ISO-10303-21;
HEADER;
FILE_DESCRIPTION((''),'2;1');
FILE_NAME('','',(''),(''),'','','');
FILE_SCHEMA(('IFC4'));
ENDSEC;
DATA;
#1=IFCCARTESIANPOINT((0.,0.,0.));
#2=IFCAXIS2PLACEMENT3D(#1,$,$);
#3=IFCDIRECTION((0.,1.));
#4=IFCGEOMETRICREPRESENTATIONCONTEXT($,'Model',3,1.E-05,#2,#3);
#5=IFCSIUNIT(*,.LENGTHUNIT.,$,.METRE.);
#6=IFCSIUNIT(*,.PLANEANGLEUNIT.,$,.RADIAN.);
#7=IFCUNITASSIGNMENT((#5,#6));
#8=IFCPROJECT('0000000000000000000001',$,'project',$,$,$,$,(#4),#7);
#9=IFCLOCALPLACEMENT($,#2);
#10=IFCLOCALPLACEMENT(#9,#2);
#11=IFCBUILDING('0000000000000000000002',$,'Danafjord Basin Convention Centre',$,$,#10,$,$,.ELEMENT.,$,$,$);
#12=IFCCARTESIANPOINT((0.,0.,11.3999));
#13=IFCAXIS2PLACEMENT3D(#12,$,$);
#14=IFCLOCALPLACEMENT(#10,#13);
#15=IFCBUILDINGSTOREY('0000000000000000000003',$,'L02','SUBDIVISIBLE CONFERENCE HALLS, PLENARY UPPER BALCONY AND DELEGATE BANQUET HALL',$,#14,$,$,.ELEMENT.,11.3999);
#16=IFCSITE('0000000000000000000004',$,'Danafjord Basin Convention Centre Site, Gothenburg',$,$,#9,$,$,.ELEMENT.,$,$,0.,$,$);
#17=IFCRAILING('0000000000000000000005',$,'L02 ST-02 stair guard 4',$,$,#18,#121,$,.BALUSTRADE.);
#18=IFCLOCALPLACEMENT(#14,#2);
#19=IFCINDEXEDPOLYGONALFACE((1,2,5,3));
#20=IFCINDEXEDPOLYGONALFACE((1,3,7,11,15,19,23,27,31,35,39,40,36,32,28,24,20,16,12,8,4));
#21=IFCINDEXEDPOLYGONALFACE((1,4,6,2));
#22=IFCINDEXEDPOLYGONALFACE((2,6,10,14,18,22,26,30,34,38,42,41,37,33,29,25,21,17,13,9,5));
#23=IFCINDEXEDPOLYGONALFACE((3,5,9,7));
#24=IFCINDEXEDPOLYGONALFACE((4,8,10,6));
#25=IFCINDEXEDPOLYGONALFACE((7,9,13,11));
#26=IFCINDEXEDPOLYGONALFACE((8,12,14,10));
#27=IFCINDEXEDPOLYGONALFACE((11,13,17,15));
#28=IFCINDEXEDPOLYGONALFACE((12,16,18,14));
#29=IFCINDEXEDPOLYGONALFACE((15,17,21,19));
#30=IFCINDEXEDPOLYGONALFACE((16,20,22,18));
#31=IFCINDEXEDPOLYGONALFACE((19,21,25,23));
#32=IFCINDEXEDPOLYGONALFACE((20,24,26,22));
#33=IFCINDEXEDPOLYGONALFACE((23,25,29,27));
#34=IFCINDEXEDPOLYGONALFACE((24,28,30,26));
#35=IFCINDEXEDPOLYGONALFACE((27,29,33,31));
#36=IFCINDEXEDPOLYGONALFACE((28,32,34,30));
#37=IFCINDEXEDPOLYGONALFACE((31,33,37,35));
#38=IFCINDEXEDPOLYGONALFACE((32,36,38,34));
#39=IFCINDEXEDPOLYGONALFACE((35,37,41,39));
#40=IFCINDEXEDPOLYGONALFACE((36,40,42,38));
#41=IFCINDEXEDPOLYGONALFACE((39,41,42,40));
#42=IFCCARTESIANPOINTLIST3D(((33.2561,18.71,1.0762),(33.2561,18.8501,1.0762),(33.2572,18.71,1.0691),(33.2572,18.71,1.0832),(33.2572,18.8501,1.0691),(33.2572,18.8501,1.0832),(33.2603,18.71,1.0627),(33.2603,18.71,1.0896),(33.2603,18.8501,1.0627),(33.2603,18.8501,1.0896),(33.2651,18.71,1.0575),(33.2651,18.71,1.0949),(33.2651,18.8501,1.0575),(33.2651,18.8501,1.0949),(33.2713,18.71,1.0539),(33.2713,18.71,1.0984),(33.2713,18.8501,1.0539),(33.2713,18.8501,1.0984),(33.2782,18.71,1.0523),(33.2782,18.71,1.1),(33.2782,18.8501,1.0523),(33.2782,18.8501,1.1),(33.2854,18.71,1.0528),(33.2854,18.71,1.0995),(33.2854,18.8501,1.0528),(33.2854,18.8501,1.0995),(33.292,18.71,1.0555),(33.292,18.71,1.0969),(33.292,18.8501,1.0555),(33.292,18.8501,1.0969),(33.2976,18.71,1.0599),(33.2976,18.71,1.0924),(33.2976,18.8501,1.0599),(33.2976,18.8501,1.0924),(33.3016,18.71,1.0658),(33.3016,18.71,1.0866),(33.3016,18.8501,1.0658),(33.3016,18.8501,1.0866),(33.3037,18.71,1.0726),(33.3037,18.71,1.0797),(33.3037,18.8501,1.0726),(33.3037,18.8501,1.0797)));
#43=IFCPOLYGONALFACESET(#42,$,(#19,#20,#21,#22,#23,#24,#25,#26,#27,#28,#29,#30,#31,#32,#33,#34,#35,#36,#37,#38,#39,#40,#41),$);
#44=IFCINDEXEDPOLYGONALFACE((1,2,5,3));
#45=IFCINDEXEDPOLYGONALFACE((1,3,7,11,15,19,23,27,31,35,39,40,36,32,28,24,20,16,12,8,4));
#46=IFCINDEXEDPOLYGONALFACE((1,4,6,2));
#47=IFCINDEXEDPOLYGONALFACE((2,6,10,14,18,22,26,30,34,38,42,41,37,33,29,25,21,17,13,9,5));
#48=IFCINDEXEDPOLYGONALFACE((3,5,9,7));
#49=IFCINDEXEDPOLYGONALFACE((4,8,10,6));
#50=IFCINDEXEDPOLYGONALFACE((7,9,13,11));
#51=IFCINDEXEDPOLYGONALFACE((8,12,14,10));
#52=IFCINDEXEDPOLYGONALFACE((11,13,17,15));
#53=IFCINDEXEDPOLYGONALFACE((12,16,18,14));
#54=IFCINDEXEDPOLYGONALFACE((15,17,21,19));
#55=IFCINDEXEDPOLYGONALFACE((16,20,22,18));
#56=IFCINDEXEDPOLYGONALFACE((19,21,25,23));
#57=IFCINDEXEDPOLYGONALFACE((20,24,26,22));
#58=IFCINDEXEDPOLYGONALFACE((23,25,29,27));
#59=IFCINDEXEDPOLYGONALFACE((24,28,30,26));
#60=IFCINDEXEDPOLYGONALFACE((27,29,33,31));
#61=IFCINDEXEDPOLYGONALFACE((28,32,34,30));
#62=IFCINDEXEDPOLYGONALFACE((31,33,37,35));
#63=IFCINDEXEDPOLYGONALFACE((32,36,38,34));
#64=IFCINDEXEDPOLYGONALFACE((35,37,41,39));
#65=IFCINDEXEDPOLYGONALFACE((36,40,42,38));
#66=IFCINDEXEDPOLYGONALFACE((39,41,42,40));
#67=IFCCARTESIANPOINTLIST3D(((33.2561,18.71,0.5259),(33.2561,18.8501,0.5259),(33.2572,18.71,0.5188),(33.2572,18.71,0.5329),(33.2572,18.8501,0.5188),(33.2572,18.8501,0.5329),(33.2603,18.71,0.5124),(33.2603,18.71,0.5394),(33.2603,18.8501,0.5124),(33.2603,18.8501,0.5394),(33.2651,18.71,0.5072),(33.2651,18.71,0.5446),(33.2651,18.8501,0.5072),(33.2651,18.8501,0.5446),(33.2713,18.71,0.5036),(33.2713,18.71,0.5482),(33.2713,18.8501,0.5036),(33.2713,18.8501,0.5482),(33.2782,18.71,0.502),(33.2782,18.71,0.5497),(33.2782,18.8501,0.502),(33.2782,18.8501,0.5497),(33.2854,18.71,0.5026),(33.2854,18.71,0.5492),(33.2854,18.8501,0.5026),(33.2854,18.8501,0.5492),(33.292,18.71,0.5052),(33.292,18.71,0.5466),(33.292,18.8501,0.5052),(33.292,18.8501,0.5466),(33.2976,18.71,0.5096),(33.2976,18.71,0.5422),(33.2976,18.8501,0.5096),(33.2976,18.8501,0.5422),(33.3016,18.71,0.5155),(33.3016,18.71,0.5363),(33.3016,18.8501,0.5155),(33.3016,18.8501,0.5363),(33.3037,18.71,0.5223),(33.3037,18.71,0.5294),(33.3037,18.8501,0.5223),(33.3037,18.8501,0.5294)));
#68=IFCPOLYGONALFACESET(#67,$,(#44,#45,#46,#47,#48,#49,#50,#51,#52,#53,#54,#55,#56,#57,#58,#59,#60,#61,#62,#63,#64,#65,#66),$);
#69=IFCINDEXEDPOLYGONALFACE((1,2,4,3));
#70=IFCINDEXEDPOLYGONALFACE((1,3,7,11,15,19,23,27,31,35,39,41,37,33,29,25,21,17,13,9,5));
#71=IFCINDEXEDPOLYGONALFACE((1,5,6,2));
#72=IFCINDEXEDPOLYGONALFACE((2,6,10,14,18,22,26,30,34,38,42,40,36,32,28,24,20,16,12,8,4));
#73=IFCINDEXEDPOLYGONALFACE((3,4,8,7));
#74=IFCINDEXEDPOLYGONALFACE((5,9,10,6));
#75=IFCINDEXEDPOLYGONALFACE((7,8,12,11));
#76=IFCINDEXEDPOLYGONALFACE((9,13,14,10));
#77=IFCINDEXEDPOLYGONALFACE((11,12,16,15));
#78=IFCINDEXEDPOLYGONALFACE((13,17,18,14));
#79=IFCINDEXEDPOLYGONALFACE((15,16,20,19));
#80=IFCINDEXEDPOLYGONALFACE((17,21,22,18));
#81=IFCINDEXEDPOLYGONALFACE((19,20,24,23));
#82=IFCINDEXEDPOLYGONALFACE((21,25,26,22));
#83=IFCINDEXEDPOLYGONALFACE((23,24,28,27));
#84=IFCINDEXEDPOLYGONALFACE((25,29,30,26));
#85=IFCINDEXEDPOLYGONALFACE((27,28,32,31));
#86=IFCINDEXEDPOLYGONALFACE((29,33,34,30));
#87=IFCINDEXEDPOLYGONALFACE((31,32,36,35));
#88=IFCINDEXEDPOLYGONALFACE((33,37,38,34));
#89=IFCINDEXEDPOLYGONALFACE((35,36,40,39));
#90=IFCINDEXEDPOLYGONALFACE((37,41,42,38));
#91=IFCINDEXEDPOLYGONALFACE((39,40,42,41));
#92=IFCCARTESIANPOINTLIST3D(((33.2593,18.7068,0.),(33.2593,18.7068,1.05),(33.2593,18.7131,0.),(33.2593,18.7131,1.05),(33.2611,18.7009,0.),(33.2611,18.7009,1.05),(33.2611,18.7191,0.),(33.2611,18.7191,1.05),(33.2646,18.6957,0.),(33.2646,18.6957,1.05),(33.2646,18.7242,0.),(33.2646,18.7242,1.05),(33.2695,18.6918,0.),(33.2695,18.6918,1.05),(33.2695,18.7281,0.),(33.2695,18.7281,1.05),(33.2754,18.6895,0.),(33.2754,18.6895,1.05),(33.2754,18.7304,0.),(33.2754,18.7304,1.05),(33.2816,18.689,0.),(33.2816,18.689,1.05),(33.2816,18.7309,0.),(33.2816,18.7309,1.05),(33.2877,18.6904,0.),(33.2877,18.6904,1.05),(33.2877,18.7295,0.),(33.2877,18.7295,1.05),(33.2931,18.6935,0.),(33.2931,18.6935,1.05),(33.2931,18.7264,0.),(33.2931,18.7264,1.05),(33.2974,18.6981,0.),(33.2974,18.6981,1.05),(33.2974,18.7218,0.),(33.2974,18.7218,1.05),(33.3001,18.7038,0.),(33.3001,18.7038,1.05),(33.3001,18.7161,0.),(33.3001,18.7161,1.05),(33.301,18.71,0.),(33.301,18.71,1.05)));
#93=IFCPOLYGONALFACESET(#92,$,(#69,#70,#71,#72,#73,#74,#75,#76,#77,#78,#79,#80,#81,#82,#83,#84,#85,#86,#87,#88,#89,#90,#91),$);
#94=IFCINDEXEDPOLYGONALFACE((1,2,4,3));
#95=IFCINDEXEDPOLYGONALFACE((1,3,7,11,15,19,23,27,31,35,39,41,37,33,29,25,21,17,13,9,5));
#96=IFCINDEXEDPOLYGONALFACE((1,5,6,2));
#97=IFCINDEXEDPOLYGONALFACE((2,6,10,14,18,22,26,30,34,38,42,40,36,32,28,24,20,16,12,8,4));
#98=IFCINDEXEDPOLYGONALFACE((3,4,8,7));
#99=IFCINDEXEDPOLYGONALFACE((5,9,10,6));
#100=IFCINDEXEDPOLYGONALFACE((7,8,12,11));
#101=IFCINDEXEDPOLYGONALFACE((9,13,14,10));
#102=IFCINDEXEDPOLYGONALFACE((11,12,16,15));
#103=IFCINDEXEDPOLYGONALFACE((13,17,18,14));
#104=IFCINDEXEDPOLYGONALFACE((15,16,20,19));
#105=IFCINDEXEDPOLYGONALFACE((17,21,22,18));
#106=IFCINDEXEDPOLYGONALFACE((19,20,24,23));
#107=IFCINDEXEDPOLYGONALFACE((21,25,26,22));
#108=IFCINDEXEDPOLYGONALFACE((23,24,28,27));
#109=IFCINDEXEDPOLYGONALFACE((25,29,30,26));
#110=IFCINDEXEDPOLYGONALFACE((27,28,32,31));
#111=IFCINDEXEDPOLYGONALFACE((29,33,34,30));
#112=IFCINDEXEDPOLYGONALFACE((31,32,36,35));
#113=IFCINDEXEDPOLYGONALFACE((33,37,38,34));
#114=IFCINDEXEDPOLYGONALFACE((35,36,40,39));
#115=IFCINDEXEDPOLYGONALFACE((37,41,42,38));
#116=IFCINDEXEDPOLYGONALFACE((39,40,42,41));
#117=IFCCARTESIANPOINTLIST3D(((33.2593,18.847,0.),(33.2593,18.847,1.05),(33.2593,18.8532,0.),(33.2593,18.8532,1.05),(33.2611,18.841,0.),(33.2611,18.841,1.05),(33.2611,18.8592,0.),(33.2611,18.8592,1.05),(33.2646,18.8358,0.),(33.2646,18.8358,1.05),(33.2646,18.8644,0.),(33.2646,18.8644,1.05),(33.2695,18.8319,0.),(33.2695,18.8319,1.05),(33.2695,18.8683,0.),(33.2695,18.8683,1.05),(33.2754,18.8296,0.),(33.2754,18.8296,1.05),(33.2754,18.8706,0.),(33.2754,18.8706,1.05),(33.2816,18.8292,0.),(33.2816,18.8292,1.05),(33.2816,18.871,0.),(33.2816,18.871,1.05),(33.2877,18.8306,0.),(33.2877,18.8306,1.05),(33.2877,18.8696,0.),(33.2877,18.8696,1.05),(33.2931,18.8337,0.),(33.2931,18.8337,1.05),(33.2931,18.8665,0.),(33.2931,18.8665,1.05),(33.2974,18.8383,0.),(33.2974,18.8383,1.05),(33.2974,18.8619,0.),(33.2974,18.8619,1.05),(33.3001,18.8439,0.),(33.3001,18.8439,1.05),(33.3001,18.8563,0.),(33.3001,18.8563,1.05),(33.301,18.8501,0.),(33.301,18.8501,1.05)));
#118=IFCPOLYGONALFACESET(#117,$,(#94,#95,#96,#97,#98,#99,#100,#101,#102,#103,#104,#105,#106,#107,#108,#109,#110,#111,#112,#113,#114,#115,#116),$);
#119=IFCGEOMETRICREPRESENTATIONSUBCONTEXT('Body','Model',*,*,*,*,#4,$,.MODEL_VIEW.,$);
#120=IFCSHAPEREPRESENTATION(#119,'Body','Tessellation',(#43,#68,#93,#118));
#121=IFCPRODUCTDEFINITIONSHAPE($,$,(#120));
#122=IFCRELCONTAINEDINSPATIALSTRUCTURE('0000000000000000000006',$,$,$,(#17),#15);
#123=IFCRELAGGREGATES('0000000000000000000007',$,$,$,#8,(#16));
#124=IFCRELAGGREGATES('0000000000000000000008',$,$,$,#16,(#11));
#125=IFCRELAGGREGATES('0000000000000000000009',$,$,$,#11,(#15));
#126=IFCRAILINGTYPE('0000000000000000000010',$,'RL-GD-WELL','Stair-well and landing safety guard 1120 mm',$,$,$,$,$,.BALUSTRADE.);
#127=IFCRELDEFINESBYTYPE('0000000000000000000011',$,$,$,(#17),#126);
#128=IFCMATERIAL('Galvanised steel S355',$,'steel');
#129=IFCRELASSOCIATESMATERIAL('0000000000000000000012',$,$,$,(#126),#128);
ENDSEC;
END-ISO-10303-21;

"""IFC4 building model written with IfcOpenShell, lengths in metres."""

from ifc_helpers import new_model, si_unit, direction, frame, origin, origin_2d, place, context, subcontext, project, spatial, circle, extrude, material, type_object, element, save


model = new_model("IFC4")

# Units and contexts
model_context = context("Model", 3, precision=1e-05, world=origin(), true_north=direction((0.0, 1.0)))
body_context = subcontext(model_context, "Body", "Model", "MODEL_VIEW")
ifc_project = project(units=[si_unit("LENGTHUNIT", "METRE"), si_unit("PLANEANGLEUNIT", "RADIAN")], contexts=[model_context])

# Site, building, storey
site_placement = place(None, origin())
site = spatial("IfcSite", under=ifc_project, at=site_placement, Name="Danafjord Basin Convention Centre Site, Gothenburg", CompositionType="ELEMENT", RefElevation=0.0)
building_placement = place(site_placement, origin())
building = spatial("IfcBuilding", under=site, at=building_placement, Name="Danafjord Basin Convention Centre", CompositionType="ELEMENT")
storey_placement = place(building_placement, frame((0.0, 0.0, 11.3999)))
storey = spatial("IfcBuildingStorey", under=building, at=storey_placement, Name="L02", Description="SUBDIVISIBLE CONFERENCE HALLS, PLENARY UPPER BALCONY AND DELEGATE BANQUET HALL", CompositionType="ELEMENT", Elevation=11.3999)

# Railing
ifc_material_1 = material(Name="Galvanised steel S355", Category="steel")
railing_type_1 = type_object("IfcRailingType", Name="RL-GD-WELL", Description="Stair-well and landing safety guard 1120 mm", PredefinedType="BALUSTRADE", material=ifc_material_1)
railing_1_placement = place(storey_placement, frame((33.28, 18.71, 0.0)))
element("IfcRailing", 1, at=railing_1_placement, inside=storey, type_object=railing_type_1, Name="L02 ST-02 stair guard 4", PredefinedType="BALUSTRADE", context=body_context, shape_type="SweptSolid", body=[
    extrude(circle(Radius=0.0239, at=origin_2d()), frame((0.0, 0.0, 1.0762), z_axis=(0.0, 1.0, 0.0), x_axis=(-1.0, 0.0, 0.0)), (0.0, 0.0, 1.0), 0.1401),
    extrude(circle(Radius=0.0239, at=origin_2d()), frame((0.0, 0.0, 0.5259), z_axis=(0.0, 1.0, 0.0), x_axis=(-1.0, 0.0, 0.0)), (0.0, 0.0, 1.0), 0.1401),
    extrude(circle(Radius=0.021, at=origin_2d()), origin(), (0.0, 0.0, 1.0), 1.05),
    extrude(circle(Radius=0.021, at=origin_2d()), frame((0.0, 0.1401, 0.0)), (0.0, 0.0, 1.0), 1.05),
])

save(model, "model.ifc")
